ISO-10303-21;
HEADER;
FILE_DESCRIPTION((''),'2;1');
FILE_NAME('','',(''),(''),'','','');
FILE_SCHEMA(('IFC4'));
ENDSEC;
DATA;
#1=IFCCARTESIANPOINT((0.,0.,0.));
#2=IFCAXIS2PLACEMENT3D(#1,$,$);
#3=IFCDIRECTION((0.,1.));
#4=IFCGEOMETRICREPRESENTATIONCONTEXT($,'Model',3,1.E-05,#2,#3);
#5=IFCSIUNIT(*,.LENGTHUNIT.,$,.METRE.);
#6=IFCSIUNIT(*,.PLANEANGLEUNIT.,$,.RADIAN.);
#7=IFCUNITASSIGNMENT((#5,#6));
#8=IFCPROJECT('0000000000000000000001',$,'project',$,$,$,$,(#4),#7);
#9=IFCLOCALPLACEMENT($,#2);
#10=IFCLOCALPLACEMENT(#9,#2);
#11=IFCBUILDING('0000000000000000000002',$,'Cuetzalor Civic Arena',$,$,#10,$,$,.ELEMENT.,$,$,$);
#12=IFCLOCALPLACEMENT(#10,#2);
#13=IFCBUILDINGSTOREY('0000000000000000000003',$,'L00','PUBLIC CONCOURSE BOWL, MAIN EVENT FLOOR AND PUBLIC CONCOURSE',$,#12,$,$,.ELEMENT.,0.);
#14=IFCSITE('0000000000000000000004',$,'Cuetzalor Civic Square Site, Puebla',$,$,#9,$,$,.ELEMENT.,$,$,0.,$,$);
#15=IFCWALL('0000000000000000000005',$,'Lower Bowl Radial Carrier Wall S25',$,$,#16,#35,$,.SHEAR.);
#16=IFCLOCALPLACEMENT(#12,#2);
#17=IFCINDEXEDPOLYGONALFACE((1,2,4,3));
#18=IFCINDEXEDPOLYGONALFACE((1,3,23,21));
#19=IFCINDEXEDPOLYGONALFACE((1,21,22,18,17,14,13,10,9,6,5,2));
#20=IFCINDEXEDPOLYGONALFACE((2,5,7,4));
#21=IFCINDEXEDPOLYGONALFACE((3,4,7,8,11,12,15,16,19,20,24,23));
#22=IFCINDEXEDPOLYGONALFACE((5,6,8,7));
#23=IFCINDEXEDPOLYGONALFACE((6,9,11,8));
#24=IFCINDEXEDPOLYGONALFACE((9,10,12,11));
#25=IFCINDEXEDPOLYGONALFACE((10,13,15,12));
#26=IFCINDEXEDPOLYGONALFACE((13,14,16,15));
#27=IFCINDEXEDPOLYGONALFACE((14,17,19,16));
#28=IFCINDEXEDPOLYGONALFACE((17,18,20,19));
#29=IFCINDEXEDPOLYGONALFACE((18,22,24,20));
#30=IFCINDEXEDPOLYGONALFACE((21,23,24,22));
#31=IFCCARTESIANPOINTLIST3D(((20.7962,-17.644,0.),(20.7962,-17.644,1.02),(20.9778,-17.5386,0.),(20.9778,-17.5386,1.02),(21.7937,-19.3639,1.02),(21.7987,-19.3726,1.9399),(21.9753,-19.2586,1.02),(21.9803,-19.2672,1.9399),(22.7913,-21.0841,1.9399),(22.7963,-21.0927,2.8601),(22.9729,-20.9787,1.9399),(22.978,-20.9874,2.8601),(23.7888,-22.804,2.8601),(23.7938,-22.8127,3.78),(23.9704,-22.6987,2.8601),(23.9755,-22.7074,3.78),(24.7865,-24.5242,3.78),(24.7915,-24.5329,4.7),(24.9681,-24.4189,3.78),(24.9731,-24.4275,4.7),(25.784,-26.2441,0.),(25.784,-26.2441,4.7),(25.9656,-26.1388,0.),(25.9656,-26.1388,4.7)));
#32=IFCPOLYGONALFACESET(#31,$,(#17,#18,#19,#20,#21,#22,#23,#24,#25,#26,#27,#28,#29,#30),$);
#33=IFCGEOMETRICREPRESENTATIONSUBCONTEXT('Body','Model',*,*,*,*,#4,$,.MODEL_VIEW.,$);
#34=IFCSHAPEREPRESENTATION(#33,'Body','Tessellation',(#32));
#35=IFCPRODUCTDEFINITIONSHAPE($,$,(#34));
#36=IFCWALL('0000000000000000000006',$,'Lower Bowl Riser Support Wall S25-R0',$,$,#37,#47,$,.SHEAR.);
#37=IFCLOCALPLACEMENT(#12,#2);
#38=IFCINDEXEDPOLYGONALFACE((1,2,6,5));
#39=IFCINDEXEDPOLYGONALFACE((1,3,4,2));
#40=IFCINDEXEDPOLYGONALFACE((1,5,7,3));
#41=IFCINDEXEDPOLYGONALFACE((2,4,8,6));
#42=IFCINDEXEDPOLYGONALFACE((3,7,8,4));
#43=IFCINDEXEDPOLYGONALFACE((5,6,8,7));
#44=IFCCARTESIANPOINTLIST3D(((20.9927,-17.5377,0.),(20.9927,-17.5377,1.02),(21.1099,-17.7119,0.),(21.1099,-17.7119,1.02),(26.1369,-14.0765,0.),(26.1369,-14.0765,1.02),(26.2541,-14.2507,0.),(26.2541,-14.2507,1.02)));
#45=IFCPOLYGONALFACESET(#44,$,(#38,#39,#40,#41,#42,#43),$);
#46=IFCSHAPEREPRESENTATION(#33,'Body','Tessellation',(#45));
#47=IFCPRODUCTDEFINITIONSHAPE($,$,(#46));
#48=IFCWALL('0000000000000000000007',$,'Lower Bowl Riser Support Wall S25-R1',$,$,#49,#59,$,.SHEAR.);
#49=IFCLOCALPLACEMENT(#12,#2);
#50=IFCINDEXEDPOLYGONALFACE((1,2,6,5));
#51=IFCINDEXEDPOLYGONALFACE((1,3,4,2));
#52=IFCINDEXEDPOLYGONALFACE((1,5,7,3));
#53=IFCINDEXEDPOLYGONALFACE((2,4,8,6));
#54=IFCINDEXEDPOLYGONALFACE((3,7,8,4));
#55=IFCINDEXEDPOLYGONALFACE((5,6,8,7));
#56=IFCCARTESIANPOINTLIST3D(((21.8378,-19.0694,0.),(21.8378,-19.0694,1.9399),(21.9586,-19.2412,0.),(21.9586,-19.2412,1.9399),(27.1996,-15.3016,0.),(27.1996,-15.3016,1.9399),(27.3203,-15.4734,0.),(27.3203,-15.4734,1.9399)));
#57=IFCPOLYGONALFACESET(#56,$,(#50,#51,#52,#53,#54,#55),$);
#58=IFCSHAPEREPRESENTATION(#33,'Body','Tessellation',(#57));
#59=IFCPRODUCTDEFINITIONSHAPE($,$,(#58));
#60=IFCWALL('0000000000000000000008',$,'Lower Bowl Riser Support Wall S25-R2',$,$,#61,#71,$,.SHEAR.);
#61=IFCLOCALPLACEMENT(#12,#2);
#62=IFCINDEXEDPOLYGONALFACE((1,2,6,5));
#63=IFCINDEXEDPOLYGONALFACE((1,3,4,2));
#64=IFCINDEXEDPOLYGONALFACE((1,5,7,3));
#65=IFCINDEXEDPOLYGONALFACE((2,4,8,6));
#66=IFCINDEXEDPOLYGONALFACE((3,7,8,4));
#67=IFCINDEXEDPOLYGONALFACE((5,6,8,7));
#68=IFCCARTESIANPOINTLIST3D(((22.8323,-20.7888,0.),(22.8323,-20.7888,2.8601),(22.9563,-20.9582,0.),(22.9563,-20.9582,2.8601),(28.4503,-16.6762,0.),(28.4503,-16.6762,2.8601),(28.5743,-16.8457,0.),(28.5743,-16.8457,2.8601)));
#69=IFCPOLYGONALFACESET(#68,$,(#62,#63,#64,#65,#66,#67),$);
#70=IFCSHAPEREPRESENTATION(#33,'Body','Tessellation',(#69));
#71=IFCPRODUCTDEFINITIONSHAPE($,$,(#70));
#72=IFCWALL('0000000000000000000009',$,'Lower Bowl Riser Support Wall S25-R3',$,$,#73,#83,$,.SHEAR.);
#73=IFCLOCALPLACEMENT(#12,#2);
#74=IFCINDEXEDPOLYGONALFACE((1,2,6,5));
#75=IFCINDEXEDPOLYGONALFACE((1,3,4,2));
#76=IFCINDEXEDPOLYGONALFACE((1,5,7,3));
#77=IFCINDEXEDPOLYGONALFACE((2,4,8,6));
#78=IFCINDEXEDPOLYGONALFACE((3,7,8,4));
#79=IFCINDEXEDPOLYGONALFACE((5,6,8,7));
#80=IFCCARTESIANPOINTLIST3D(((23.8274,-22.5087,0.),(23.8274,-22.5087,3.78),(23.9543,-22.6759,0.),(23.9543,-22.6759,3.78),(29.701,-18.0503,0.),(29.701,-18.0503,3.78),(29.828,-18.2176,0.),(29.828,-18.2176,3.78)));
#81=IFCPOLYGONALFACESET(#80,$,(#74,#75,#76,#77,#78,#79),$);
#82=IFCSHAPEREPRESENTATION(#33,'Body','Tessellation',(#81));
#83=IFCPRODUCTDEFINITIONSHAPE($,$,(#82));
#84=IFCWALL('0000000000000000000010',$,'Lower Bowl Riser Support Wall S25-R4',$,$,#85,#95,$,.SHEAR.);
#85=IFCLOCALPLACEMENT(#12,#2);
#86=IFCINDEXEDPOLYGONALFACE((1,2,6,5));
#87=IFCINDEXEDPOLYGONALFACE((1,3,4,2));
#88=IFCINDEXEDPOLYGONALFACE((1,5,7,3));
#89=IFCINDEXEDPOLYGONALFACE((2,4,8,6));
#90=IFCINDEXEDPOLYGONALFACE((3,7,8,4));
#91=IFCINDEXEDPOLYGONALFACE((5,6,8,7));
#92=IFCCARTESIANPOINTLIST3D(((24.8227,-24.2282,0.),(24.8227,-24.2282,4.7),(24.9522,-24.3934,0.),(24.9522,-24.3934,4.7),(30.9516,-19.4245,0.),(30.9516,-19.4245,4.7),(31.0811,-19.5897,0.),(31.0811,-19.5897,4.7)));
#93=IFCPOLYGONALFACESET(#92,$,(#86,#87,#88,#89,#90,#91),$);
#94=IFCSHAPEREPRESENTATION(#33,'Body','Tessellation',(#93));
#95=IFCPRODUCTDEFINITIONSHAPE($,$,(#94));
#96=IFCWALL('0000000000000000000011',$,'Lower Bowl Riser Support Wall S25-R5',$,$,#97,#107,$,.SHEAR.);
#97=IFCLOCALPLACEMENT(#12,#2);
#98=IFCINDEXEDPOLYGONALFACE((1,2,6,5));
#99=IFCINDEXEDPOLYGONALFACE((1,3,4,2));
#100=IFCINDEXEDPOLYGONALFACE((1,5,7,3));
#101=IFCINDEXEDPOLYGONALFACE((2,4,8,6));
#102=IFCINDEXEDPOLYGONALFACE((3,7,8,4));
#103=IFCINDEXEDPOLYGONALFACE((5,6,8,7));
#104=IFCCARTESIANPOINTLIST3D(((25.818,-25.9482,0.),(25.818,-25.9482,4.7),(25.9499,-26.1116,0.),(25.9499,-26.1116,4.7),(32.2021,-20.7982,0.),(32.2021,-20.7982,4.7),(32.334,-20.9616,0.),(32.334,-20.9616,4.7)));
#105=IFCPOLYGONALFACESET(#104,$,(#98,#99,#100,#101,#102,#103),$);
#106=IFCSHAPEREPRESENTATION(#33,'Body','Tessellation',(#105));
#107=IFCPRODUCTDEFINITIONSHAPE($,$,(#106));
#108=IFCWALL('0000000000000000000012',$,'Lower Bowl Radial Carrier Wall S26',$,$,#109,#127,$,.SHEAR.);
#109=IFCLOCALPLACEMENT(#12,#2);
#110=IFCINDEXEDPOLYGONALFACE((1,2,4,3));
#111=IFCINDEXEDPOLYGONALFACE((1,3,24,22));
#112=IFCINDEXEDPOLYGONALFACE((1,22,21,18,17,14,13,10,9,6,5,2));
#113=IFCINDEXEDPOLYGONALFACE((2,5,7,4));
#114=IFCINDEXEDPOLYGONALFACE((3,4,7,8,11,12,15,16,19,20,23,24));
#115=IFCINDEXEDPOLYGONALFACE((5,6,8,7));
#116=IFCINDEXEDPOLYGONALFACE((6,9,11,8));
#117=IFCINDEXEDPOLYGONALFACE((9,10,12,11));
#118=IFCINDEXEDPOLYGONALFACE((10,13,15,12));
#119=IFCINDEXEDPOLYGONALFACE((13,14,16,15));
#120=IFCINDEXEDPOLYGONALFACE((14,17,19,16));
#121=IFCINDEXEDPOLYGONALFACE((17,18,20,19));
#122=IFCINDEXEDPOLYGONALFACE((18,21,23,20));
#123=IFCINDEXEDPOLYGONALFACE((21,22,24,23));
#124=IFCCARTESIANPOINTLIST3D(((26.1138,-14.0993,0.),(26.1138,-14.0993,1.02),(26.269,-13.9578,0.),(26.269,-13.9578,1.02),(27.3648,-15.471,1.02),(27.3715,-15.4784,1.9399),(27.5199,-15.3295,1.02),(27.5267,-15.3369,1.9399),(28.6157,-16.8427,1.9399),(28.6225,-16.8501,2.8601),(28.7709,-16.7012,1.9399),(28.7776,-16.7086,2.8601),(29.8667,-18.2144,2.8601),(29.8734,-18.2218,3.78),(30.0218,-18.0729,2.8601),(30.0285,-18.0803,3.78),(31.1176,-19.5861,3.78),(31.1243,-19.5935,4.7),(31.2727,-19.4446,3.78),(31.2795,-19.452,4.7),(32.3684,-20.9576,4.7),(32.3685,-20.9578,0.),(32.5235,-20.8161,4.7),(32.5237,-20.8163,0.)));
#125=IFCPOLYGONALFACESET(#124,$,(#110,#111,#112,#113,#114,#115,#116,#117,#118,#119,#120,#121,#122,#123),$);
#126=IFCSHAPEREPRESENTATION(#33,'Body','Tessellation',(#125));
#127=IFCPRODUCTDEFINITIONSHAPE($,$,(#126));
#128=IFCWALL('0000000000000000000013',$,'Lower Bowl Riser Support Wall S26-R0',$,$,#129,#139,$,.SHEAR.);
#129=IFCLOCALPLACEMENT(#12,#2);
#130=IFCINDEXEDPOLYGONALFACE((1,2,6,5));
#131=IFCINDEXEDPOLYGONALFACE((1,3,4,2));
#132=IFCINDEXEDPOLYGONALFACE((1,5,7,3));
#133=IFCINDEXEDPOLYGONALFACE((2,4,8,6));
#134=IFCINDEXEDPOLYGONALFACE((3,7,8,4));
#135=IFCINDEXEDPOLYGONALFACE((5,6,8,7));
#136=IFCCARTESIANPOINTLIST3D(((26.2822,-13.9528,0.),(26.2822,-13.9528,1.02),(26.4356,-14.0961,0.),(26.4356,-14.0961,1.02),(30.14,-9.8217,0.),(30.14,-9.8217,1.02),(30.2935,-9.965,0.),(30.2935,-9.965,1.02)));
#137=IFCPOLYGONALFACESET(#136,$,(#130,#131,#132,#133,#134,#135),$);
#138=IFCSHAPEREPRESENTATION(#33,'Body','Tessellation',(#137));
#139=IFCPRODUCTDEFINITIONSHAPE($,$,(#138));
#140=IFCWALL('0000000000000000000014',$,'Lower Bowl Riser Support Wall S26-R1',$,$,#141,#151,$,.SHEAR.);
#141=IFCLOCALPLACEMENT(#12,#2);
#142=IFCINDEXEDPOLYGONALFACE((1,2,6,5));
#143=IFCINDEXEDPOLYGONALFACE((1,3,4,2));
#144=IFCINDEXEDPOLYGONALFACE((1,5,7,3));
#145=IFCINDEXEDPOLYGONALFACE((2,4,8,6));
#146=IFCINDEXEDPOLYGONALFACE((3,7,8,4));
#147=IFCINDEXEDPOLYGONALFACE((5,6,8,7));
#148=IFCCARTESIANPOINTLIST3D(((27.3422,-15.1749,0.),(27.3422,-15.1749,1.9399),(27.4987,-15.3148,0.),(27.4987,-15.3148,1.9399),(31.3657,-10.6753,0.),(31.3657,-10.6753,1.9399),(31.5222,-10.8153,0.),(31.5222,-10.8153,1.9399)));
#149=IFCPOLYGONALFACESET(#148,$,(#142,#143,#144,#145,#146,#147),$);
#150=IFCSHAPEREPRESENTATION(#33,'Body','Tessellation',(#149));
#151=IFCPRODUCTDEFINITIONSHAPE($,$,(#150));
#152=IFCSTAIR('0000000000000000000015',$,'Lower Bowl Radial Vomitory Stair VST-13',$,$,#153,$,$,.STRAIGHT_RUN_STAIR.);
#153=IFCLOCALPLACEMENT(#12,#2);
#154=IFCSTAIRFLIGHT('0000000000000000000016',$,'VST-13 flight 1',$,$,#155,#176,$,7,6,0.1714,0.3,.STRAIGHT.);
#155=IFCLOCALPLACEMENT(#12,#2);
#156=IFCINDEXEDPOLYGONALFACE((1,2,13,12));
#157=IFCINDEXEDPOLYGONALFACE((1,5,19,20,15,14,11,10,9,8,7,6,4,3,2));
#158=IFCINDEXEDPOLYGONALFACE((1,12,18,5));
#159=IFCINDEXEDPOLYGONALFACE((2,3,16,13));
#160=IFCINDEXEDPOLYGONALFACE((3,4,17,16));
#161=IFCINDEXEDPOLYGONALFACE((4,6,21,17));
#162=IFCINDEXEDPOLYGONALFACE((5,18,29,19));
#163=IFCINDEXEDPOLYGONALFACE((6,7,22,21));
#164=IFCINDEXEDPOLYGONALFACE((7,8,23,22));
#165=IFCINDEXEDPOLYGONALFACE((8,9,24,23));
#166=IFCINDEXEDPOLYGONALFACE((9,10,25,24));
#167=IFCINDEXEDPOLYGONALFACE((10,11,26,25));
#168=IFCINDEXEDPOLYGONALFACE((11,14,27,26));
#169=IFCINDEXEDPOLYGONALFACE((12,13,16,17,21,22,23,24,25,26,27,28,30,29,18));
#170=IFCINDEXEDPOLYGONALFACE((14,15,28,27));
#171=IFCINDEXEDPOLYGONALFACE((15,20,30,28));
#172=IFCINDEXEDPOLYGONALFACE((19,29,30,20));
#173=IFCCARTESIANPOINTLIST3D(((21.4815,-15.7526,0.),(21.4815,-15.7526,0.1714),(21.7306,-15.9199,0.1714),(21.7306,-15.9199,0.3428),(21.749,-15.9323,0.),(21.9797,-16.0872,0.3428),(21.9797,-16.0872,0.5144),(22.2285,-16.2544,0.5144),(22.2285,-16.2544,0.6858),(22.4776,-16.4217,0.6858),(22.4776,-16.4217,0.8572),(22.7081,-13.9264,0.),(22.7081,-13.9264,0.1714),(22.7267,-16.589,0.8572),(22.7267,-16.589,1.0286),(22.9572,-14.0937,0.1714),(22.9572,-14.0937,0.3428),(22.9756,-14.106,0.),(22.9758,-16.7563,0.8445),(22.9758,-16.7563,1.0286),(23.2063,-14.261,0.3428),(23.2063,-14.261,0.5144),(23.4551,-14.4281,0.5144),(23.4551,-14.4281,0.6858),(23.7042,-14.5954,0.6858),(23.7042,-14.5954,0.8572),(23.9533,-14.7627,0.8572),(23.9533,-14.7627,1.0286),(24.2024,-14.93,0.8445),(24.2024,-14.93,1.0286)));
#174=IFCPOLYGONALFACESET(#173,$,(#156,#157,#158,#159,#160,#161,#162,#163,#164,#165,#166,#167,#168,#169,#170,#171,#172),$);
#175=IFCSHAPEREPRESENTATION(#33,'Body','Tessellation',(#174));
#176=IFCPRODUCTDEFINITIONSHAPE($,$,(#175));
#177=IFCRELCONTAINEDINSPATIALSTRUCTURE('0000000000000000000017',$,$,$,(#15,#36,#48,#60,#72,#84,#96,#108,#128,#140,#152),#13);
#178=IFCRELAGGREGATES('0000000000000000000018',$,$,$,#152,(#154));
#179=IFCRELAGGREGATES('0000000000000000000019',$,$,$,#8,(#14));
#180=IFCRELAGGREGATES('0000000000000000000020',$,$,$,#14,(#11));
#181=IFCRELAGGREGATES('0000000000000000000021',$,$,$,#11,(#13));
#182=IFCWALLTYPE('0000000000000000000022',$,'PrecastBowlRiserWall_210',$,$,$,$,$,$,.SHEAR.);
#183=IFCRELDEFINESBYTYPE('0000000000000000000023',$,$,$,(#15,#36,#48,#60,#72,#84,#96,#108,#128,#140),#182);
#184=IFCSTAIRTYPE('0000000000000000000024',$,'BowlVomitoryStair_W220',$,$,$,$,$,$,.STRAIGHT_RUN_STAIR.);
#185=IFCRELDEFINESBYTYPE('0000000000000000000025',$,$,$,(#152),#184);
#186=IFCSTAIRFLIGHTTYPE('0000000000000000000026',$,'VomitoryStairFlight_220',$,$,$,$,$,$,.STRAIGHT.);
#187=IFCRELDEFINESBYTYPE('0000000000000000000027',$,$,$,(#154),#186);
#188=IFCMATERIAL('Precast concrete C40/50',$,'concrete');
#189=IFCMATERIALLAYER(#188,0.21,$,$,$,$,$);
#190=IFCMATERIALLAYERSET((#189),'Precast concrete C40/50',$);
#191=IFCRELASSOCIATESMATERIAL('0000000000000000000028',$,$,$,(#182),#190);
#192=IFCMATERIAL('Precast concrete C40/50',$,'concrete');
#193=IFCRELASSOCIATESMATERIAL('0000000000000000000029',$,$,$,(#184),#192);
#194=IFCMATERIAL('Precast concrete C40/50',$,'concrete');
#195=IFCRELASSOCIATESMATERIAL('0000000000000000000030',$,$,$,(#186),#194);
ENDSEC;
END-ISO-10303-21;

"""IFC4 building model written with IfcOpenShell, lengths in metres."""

from ifc_helpers import new_model, si_unit, direction, frame, frame_2d, origin, place, context, subcontext, project, spatial, polyline, rectangle, outline, extrude, material, layer, layer_set, type_object, element, aggregate, save


model = new_model("IFC4")

# Units and contexts
model_context = context("Model", 3, precision=1e-05, world=origin(), true_north=direction((0.0, 1.0)))
body_context = subcontext(model_context, "Body", "Model", "MODEL_VIEW")
ifc_project = project(units=[si_unit("LENGTHUNIT", "METRE"), si_unit("PLANEANGLEUNIT", "RADIAN")], contexts=[model_context])

# Site, building, storey
site_placement = place(None, origin())
site = spatial("IfcSite", under=ifc_project, at=site_placement, Name="Cuetzalor Civic Square Site, Puebla", CompositionType="ELEMENT", RefElevation=0.0)
building_placement = place(site_placement, origin())
building = spatial("IfcBuilding", under=site, at=building_placement, Name="Cuetzalor Civic Arena", CompositionType="ELEMENT")
storey_placement = place(building_placement, origin())
storey = spatial("IfcBuildingStorey", under=building, at=storey_placement, Name="L00", Description="PUBLIC CONCOURSE BOWL, MAIN EVENT FLOOR AND PUBLIC CONCOURSE", CompositionType="ELEMENT", Elevation=0.0)

# Walls
ifc_material_1 = material(Name="Precast concrete C40/50", Category="concrete")
ifc_layer_1 = layer(ifc_material_1, 0.21)
ifc_layer_set_1 = layer_set([ifc_layer_1], Name="Precast concrete C40/50")
wall_type = type_object("IfcWallType", Name="PrecastBowlRiserWall_210", PredefinedType="SHEAR", material=ifc_layer_set_1)
wall_1_placement = place(storey_placement, frame((20.887, -17.5913, 0.0), z_axis=(0.0, 0.0, 1.0), x_axis=(0.501698, -0.865043, 0.0)))
element("IfcWall", 1, at=wall_1_placement, inside=storey, type_object=wall_type, Name="Lower Bowl Radial Carrier Wall S25", PredefinedType="SHEAR", context=body_context, shape_type="SweptSolid", body=[
    extrude(outline(polyline([(0.0, 0.0), (9.9419, 0.0), (9.9419, 4.7), (7.9636, 4.7), (7.9536, 3.78), (5.9751, 3.78), (5.9651, 2.8601), (3.9868, 2.8601), (3.9768, 1.9399), (1.9983, 1.9399), (1.9883, 1.02), (0.0, 1.02), (0.0, 0.0)])), frame((0.0, 0.105, 0.0), z_axis=(0.0, -1.0, 0.0), x_axis=(1.0, 0.0, 0.0)), (0.0, 0.0, 1.0), 0.21),
])
wall_2_placement = place(storey_placement, frame((21.0513, -17.6248, 0.0), z_axis=(0.0, 0.0, 1.0), x_axis=(0.829686, 0.55823, 0.0)))
element("IfcWall", 2, at=wall_2_placement, inside=storey, type_object=wall_type, Name="Lower Bowl Riser Support Wall S25-R0", PredefinedType="SHEAR", context=body_context, shape_type="SweptSolid", body=[
    extrude(rectangle(XDim=6.2002, YDim=0.21, at=frame_2d((3.1001, 0.0))), origin(), (0.0, 0.0, 1.0), 1.02),
])
wall_3_placement = place(storey_placement, frame((21.8982, -19.1553, 0.0), z_axis=(0.0, 0.0, 1.0), x_axis=(0.818187, 0.574952, 0.0)))
element("IfcWall", 3, at=wall_3_placement, inside=storey, type_object=wall_type, Name="Lower Bowl Riser Support Wall S25-R1", PredefinedType="SHEAR", context=body_context, shape_type="SweptSolid", body=[
    extrude(rectangle(XDim=6.5532, YDim=0.21, at=frame_2d((3.2766, 0.0))), origin(), (0.0, 0.0, 1.0), 1.9399),
])
wall_4_placement = place(storey_placement, frame((22.8943, -20.8735, 0.0), z_axis=(0.0, 0.0, 1.0), x_axis=(0.806902, 0.590685, 0.0)))
element("IfcWall", 4, at=wall_4_placement, inside=storey, type_object=wall_type, Name="Lower Bowl Riser Support Wall S25-R2", PredefinedType="SHEAR", context=body_context, shape_type="SweptSolid", body=[
    extrude(rectangle(XDim=6.9624, YDim=0.21, at=frame_2d((3.4812, 0.0))), origin(), (0.0, 0.0, 1.0), 2.8601),
])
wall_5_placement = place(storey_placement, frame((23.8909, -22.5923, 0.0), z_axis=(0.0, 0.0, 1.0), x_axis=(0.79653, 0.604599, 0.0)))
element("IfcWall", 5, at=wall_5_placement, inside=storey, type_object=wall_type, Name="Lower Bowl Riser Support Wall S25-R3", PredefinedType="SHEAR", context=body_context, shape_type="SweptSolid", body=[
    extrude(rectangle(XDim=7.374, YDim=0.21, at=frame_2d((3.687, 0.0))), origin(), (0.0, 0.0, 1.0), 3.78),
])
wall_6_placement = place(storey_placement, frame((24.8875, -24.3108, 0.0), z_axis=(0.0, 0.0, 1.0), x_axis=(0.787058, 0.61688, 0.0)))
element("IfcWall", 6, at=wall_6_placement, inside=storey, type_object=wall_type, Name="Lower Bowl Riser Support Wall S25-R4", PredefinedType="SHEAR", context=body_context, shape_type="SweptSolid", body=[
    extrude(rectangle(XDim=7.7871, YDim=0.21, at=frame_2d((3.8936, 0.0))), origin(), (0.0, 0.0, 1.0), 4.7),
])
wall_7_placement = place(storey_placement, frame((25.884, -26.0298, 0.0), z_axis=(0.0, 0.0, 1.0), x_axis=(0.778324, 0.627862, 0.0)))
element("IfcWall", 7, at=wall_7_placement, inside=storey, type_object=wall_type, Name="Lower Bowl Riser Support Wall S25-R5", PredefinedType="SHEAR", context=body_context, shape_type="SweptSolid", body=[
    extrude(rectangle(XDim=8.2024, YDim=0.21, at=frame_2d((4.1011, 0.0))), origin(), (0.0, 0.0, 1.0), 4.7),
])
wall_8_placement = place(storey_placement, frame((26.1914, -14.0286, 0.0), z_axis=(0.0, 0.0, 1.0), x_axis=(0.673836, -0.738881, 0.0)))
element("IfcWall", 8, at=wall_8_placement, inside=storey, type_object=wall_type, Name="Lower Bowl Radial Carrier Wall S26", PredefinedType="SHEAR", context=body_context, shape_type="SweptSolid", body=[
    extrude(outline(polyline([(0.0, 0.0), (9.2822, 0.0), (9.282, 4.7), (7.4358, 4.7), (7.4258, 3.78), (5.5793, 3.78), (5.5693, 2.8601), (3.7229, 2.8601), (3.7129, 1.9399), (1.8665, 1.9399), (1.8564, 1.02), (0.0, 1.02), (0.0, 0.0)])), frame((0.0, 0.105, 0.0), z_axis=(0.0, -1.0, 0.0), x_axis=(1.0, 0.0, 0.0)), (0.0, 0.0, 1.0), 0.21),
])
wall_9_placement = place(storey_placement, frame((26.3589, -14.0244, 0.0), z_axis=(0.0, 0.0, 1.0), x_axis=(0.682528, 0.73086, 0.0)))
element("IfcWall", 9, at=wall_9_placement, inside=storey, type_object=wall_type, Name="Lower Bowl Riser Support Wall S26-R0", PredefinedType="SHEAR", context=body_context, shape_type="SweptSolid", body=[
    extrude(rectangle(XDim=5.6523, YDim=0.21, at=frame_2d((2.8262, 0.0))), origin(), (0.0, 0.0, 1.0), 1.02),
])
wall_10_placement = place(storey_placement, frame((27.4204, -15.2449, 0.0), z_axis=(0.0, 0.0, 1.0), x_axis=(0.66657, 0.745442, 0.0)))
element("IfcWall", 10, at=wall_10_placement, inside=storey, type_object=wall_type, Name="Lower Bowl Riser Support Wall S26-R1", PredefinedType="SHEAR", context=body_context, shape_type="SweptSolid", body=[
    extrude(rectangle(XDim=6.0361, YDim=0.21, at=frame_2d((3.0181, 0.0))), origin(), (0.0, 0.0, 1.0), 1.9399),
])

# Stair, stair flight
ifc_material_2 = material(Name="Precast concrete C40/50", Category="concrete")
stair_type = type_object("IfcStairType", Name="BowlVomitoryStair_W220", PredefinedType="STRAIGHT_RUN_STAIR", material=ifc_material_2)
stair_placement = place(storey_placement, origin())
stair = element("IfcStair", 11, at=stair_placement, inside=storey, type_object=stair_type, Name="Lower Bowl Radial Vomitory Stair VST-13", PredefinedType="STRAIGHT_RUN_STAIR")
ifc_material_3 = material(Name="Precast concrete C40/50", Category="concrete")
stair_flight_type = type_object("IfcStairFlightType", Name="VomitoryStairFlight_220", PredefinedType="STRAIGHT", material=ifc_material_3)
stair_flight_placement = place(storey_placement, frame((22.0947, -14.8396, 0.0), z_axis=(0.0, 0.0, 1.0), x_axis=(0.830139, -0.557557, 0.0)))
stair_flight = element("IfcStairFlight", 12, at=stair_flight_placement, type_object=stair_flight_type, Name="VST-13 flight 1", NumberOfRisers=7, NumberOfTreads=6, PredefinedType="STRAIGHT", RiserHeight=0.1714, TreadLength=0.3, context=body_context, shape_type="SweptSolid", body=[
    extrude(outline(polyline([(0.0, 0.0), (0.0, 0.1714), (0.3, 0.1714), (0.3, 0.3428), (0.6001, 0.3428), (0.6001, 0.5144), (0.8999, 0.5144), (0.8999, 0.6858), (1.2, 0.6858), (1.2, 0.8572), (1.5, 0.8572), (1.5, 1.0286), (1.8, 1.0286), (1.8, 1.2), (1.8, 0.8445), (0.3223, 0.0), (0.0, 0.0)])), frame((0.0, 1.1001, 0.0), z_axis=(0.0, -1.0, 0.0), x_axis=(1.0, 0.0, 0.0)), (0.0, 0.0, 1.0), 2.2),
])
aggregate(stair, [stair_flight])

save(model, "model.ifc")
